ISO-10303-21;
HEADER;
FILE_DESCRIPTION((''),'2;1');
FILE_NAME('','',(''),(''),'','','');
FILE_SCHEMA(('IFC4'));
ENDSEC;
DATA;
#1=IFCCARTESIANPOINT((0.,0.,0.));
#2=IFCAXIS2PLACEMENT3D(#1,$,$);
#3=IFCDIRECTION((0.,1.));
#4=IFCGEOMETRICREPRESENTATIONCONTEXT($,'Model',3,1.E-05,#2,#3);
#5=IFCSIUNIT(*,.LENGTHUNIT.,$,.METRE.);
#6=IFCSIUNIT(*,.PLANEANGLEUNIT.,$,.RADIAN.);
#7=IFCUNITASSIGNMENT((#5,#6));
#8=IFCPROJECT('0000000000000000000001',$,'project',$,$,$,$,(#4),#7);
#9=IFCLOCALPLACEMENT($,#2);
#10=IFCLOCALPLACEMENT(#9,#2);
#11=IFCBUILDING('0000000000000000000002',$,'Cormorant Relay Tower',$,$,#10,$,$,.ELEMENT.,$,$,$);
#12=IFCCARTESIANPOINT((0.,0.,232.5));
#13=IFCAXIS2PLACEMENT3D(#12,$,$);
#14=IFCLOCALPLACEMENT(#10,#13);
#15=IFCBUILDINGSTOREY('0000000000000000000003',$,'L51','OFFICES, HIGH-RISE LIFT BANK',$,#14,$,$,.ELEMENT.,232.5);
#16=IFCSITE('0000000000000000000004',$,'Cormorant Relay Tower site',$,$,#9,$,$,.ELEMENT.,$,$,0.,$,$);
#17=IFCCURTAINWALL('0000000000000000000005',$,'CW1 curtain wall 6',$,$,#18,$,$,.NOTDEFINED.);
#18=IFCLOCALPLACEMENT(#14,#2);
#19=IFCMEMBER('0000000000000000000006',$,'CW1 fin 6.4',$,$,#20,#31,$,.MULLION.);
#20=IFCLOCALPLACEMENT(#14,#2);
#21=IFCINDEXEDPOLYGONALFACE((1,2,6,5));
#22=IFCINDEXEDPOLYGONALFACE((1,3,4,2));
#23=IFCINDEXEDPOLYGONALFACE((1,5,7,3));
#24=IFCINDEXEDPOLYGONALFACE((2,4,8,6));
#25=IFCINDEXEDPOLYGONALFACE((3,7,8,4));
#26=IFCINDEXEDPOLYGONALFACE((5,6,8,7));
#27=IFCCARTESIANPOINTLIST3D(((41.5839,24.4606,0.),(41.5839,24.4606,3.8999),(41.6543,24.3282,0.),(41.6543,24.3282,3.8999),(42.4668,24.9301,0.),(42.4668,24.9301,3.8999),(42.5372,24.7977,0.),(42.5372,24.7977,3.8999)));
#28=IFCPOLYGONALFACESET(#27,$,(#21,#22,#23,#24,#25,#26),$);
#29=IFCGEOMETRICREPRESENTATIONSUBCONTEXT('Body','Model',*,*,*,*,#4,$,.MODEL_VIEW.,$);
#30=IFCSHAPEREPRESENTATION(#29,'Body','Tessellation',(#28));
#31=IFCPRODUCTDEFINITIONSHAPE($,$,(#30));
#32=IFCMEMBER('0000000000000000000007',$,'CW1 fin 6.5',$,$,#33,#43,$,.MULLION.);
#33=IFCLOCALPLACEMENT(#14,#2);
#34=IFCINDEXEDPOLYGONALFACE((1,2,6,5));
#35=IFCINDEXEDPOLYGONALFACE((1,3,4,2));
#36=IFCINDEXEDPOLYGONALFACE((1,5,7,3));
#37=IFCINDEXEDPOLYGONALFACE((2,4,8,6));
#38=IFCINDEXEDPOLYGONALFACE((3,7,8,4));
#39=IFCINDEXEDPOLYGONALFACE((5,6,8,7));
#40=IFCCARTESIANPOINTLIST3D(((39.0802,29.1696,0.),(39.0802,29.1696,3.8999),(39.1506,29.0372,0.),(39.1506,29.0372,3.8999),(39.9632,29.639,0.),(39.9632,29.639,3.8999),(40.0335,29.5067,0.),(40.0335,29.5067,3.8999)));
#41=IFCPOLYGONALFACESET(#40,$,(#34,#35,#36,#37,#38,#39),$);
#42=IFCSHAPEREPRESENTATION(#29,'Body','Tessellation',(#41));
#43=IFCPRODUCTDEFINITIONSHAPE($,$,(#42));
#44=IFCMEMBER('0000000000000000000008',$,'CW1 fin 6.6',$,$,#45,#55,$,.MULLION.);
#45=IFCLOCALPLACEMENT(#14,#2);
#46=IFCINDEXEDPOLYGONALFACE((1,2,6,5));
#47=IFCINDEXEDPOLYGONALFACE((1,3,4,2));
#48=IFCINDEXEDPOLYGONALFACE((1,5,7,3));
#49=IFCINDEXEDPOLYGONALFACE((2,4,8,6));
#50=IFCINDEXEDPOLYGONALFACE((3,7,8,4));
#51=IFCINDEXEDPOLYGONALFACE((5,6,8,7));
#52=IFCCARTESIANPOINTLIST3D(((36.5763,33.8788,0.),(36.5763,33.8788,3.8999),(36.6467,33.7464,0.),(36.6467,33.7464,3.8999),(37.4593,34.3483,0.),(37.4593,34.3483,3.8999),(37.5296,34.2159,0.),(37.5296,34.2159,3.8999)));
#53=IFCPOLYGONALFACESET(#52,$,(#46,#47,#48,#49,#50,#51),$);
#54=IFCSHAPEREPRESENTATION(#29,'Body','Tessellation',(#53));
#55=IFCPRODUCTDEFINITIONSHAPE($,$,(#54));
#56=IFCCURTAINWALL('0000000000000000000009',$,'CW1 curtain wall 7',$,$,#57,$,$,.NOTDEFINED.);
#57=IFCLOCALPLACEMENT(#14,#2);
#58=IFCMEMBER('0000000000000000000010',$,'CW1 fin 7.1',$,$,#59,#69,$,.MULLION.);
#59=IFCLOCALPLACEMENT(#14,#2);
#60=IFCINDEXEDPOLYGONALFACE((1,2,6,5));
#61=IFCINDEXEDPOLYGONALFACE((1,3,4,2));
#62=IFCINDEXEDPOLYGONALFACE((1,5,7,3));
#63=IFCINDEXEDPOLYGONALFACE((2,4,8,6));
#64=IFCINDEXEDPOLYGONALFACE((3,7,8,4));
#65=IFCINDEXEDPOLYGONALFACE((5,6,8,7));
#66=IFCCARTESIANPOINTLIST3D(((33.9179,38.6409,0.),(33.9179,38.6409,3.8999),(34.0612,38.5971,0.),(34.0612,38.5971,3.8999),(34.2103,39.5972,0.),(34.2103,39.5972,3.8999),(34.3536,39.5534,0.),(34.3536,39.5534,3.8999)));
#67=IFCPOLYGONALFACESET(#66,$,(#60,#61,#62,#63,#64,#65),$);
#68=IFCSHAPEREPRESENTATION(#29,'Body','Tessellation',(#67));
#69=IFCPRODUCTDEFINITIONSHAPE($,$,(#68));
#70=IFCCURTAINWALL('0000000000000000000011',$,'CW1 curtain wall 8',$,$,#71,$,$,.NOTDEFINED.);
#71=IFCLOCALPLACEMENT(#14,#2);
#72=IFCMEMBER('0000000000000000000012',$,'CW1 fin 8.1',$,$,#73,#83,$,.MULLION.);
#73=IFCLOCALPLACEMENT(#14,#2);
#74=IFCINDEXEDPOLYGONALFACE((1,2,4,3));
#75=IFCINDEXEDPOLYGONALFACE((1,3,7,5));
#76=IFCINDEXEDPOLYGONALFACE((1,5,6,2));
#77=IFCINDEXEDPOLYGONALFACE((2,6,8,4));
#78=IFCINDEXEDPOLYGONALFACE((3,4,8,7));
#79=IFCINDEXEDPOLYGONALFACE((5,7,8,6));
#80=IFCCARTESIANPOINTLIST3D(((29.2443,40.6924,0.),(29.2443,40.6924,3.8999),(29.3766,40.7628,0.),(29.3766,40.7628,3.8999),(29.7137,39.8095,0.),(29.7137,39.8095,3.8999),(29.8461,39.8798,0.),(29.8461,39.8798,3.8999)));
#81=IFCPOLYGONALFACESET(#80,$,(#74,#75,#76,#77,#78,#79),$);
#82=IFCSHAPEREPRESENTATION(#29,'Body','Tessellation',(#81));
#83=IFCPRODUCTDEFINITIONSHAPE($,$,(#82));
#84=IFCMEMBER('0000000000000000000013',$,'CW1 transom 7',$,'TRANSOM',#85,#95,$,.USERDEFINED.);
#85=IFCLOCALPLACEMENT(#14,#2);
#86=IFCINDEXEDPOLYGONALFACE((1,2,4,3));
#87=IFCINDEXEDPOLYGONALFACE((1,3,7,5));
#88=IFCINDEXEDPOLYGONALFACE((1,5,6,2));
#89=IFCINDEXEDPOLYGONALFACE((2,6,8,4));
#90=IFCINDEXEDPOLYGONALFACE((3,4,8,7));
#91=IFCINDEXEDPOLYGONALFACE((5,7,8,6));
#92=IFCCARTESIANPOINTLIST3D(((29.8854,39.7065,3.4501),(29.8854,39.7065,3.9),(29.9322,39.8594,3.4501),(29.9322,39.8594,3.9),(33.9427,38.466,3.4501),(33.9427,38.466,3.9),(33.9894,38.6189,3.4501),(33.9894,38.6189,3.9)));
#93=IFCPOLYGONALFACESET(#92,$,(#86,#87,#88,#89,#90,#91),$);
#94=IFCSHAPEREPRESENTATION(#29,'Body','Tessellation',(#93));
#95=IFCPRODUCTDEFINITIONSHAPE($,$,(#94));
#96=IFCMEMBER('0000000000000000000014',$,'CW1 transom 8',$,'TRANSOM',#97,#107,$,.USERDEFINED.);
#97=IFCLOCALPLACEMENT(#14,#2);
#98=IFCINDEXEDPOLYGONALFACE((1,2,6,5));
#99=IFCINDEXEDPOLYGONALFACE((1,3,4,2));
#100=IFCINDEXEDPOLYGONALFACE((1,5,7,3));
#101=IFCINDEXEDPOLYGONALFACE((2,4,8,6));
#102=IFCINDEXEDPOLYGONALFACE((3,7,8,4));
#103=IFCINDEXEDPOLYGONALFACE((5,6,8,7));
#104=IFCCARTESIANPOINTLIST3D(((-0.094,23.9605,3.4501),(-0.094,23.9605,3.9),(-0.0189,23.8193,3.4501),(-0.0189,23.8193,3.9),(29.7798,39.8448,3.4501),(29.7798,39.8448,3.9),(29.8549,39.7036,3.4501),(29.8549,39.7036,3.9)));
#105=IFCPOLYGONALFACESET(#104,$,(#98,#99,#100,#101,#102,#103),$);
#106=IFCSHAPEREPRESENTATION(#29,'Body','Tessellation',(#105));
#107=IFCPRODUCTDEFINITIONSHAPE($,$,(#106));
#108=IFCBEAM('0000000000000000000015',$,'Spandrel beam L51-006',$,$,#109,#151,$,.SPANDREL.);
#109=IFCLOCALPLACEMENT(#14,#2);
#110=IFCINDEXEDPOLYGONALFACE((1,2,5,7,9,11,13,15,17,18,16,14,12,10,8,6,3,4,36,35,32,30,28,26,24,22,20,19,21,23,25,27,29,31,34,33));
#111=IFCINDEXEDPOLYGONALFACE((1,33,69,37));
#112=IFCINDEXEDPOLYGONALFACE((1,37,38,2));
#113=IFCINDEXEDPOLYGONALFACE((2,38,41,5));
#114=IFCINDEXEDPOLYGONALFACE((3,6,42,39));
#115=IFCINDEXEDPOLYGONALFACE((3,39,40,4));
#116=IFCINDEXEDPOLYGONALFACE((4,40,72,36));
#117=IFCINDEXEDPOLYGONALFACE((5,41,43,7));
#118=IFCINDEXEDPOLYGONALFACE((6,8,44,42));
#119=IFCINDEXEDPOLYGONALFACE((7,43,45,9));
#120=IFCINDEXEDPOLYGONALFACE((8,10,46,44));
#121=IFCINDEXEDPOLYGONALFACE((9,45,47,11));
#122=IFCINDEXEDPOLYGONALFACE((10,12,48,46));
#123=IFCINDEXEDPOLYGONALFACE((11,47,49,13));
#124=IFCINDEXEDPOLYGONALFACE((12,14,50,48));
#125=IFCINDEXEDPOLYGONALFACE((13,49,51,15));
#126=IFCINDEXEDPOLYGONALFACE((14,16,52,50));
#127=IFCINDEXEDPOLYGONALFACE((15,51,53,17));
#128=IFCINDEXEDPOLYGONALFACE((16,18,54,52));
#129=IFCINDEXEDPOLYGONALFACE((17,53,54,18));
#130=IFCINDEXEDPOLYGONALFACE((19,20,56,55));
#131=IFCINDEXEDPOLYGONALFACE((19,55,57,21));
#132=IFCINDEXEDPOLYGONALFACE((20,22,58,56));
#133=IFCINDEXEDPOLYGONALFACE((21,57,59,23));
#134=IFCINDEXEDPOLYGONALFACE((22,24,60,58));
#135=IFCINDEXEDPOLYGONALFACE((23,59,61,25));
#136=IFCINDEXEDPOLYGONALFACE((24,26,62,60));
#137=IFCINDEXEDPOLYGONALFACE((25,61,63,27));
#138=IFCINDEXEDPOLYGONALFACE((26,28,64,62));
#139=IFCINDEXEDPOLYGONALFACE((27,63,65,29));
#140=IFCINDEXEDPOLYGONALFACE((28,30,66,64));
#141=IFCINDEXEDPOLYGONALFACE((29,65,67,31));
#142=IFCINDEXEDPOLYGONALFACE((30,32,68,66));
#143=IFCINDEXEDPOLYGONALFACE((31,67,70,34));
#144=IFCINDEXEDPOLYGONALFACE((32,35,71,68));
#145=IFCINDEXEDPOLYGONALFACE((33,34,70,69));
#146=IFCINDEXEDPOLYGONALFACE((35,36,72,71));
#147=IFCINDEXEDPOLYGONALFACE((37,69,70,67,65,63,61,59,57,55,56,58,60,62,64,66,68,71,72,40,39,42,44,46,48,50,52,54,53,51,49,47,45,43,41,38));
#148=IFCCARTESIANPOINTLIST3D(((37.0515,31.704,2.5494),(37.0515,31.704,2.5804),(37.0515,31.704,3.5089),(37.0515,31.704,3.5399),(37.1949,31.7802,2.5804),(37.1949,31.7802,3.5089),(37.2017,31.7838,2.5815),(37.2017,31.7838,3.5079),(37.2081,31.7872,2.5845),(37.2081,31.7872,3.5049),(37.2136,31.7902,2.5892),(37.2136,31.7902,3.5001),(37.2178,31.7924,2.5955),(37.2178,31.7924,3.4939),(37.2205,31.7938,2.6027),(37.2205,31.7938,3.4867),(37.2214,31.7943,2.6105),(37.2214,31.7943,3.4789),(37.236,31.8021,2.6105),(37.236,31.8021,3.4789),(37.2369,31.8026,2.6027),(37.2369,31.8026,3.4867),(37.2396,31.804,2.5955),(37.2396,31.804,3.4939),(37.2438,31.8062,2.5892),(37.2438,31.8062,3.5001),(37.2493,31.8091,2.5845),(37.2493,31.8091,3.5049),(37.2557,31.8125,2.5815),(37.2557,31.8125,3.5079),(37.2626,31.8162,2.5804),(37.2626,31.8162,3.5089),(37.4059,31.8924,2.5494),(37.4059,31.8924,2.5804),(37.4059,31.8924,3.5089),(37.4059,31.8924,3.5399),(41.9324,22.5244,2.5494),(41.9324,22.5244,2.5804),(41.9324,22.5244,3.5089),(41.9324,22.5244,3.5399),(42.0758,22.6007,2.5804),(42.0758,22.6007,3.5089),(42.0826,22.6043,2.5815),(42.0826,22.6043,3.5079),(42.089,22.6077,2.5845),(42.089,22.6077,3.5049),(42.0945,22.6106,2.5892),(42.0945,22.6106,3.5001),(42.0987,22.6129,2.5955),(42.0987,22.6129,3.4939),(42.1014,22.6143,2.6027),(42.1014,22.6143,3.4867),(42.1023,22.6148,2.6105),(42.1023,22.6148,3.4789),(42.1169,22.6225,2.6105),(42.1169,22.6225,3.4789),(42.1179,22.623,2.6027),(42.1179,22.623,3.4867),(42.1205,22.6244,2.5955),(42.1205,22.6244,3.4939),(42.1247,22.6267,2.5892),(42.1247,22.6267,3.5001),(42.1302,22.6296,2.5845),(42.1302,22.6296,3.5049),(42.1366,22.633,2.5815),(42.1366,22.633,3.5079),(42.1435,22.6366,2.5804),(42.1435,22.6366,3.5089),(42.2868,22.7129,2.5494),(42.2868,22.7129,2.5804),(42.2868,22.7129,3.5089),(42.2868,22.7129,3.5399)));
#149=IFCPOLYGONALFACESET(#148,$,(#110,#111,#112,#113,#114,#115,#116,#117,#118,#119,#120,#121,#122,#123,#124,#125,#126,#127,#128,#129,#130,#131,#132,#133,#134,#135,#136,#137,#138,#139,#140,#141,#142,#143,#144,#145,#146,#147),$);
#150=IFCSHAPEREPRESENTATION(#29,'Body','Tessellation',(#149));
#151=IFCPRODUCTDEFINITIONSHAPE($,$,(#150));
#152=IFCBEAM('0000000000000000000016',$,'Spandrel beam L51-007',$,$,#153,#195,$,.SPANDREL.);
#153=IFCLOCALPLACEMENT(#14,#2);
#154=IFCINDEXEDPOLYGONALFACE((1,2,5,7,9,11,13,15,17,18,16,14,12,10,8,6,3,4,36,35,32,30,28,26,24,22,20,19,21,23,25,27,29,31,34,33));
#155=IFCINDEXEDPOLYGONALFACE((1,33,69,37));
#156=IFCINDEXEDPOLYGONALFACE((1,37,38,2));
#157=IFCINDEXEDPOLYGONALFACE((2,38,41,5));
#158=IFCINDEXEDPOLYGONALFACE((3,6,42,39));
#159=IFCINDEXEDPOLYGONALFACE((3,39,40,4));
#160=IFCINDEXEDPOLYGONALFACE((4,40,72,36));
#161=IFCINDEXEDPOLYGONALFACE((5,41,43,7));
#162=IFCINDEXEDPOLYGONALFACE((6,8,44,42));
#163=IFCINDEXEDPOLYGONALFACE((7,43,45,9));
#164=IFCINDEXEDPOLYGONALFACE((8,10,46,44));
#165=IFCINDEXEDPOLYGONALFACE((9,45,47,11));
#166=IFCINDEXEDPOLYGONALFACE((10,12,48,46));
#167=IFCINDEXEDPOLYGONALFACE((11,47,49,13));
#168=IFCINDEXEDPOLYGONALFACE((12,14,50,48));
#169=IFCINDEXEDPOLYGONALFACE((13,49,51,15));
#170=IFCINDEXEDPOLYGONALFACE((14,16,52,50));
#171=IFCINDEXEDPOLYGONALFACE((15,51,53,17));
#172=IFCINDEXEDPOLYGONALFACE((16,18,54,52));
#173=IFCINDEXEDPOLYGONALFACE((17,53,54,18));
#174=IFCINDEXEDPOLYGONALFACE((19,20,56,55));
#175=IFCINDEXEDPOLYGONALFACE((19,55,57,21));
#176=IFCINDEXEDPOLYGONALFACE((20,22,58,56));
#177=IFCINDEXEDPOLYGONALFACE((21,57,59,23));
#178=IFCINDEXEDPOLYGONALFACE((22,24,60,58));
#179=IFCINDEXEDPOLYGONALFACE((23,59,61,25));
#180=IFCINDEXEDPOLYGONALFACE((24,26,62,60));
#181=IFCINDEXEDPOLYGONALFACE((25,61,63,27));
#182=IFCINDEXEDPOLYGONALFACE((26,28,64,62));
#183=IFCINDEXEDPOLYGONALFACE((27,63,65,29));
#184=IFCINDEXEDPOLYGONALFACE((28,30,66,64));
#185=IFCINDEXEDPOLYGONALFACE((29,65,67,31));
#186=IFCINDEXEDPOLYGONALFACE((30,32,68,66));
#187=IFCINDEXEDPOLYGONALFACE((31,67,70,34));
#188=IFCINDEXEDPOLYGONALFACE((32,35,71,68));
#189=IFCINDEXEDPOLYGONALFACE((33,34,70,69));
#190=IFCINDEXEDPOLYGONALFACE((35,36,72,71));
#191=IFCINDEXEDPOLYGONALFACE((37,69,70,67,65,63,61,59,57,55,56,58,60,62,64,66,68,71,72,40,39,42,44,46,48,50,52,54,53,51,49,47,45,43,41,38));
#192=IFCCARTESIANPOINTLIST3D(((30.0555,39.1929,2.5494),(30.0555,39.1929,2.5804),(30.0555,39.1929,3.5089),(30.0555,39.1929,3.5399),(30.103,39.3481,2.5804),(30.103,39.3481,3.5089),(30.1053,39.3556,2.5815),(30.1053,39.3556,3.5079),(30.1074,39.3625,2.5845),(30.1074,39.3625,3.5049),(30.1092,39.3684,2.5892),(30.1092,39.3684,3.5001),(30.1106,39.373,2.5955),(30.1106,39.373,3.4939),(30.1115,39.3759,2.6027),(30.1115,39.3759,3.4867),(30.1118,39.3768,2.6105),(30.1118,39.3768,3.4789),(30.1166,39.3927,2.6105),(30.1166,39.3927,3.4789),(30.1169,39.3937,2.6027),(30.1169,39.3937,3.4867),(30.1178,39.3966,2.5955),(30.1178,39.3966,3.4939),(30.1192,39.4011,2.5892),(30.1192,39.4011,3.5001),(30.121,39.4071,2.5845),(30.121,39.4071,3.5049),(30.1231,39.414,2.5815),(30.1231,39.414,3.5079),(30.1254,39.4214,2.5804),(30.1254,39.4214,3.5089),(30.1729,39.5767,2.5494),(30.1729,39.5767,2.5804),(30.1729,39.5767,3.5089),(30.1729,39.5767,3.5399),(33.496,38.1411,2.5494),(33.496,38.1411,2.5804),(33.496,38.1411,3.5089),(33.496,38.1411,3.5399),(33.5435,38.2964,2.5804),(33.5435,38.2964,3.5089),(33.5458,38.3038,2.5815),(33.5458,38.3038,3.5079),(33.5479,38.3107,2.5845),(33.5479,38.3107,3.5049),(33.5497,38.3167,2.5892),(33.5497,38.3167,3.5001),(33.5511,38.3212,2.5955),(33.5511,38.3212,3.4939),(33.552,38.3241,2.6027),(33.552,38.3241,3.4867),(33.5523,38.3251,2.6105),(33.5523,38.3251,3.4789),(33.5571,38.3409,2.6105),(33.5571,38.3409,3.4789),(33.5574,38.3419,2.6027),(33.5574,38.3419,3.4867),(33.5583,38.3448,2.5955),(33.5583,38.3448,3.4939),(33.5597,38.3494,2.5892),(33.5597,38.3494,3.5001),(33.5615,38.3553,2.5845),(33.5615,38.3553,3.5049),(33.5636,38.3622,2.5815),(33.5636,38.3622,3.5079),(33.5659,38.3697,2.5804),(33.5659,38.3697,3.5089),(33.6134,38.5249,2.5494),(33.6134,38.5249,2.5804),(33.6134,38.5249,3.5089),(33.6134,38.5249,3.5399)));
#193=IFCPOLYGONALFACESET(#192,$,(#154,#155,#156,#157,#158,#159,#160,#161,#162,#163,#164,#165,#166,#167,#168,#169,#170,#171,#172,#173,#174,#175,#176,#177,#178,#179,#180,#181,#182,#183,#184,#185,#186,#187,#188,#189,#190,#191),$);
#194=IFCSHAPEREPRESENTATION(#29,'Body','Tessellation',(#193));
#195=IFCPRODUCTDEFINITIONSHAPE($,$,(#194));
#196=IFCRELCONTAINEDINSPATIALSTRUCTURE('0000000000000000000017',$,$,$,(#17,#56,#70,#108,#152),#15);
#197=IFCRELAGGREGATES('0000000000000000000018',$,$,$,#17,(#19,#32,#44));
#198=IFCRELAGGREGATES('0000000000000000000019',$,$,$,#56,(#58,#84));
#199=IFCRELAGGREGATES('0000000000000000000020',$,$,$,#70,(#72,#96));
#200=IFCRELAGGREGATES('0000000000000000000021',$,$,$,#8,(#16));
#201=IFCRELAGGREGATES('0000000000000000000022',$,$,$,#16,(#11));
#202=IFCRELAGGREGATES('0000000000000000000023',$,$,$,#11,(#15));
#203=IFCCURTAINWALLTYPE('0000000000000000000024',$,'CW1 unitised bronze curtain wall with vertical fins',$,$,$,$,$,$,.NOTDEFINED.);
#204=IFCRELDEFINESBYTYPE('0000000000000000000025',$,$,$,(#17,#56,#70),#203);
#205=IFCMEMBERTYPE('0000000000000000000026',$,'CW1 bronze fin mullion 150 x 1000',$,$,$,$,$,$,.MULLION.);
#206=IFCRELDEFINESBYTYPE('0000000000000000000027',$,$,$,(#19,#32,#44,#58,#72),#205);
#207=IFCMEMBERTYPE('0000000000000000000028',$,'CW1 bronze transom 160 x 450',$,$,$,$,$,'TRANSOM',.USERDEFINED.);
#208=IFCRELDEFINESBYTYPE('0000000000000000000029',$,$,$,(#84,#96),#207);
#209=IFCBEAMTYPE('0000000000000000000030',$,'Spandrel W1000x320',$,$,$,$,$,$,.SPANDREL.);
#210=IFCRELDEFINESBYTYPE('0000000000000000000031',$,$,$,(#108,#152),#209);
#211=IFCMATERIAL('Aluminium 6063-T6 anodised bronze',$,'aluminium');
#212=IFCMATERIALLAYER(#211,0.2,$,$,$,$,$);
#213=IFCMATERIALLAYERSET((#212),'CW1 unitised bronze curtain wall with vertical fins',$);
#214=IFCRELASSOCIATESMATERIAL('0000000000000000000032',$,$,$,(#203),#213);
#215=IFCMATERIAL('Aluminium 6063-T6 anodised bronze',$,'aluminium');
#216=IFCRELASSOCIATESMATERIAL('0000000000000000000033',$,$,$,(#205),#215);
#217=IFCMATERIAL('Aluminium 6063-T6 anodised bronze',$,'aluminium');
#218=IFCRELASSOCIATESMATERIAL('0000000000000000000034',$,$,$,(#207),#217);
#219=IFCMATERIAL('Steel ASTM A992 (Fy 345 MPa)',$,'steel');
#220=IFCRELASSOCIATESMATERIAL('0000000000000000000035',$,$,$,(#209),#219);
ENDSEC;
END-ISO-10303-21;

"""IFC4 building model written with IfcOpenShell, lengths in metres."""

from ifc_helpers import new_model, si_unit, direction, frame, origin, origin_2d, place, context, subcontext, project, spatial, rectangle, i_section, extrude, material, layer, layer_set, material_profile, profile_set, type_object, element, aggregate, save


model = new_model("IFC4")

# Units and contexts
model_context = context("Model", 3, precision=1e-05, world=origin(), true_north=direction((0.0, 1.0)))
body_context = subcontext(model_context, "Body", "Model", "MODEL_VIEW")
ifc_project = project(units=[si_unit("LENGTHUNIT", "METRE"), si_unit("PLANEANGLEUNIT", "RADIAN")], contexts=[model_context])

# Site, building, storey
site_placement = place(None, origin())
site = spatial("IfcSite", under=ifc_project, at=site_placement, Name="Cormorant Relay Tower site", CompositionType="ELEMENT", RefElevation=0.0)
building_placement = place(site_placement, origin())
building = spatial("IfcBuilding", under=site, at=building_placement, Name="Cormorant Relay Tower", CompositionType="ELEMENT")
storey_placement = place(building_placement, frame((0.0, 0.0, 232.5)))
storey = spatial("IfcBuildingStorey", under=building, at=storey_placement, Name="L51", Description="OFFICES, HIGH-RISE LIFT BANK", CompositionType="ELEMENT", Elevation=232.5)

# Curtain wall, members
ifc_material_1 = material(Name="Aluminium 6063-T6 anodised bronze", Category="aluminium")
ifc_layer_1 = layer(ifc_material_1, 0.2)
ifc_layer_set_1 = layer_set([ifc_layer_1], Name="CW1 unitised bronze curtain wall with vertical fins")
curtain_wall_type = type_object("IfcCurtainWallType", Name="CW1 unitised bronze curtain wall with vertical fins", PredefinedType="NOTDEFINED", material=ifc_layer_set_1)
curtain_wall_1_placement = place(storey_placement, origin())
curtain_wall_1 = element("IfcCurtainWall", 1, at=curtain_wall_1_placement, inside=storey, type_object=curtain_wall_type, Name="CW1 curtain wall 6", PredefinedType="NOTDEFINED")
ifc_material_2 = material(Name="Aluminium 6063-T6 anodised bronze", Category="aluminium")
ifc_material_profile_1 = material_profile(ifc_material_2, rectangle(XDim=0.1499, YDim=1.0, at=origin_2d()), Name="AL 150x1000")
ifc_profile_set_1 = profile_set([ifc_material_profile_1], Name="Aluminium 6063-T6 anodised bronze")
member_type_1 = type_object("IfcMemberType", Name="CW1 bronze fin mullion 150 x 1000", PredefinedType="MULLION", material=ifc_profile_set_1)
member_1_placement = place(storey_placement, frame((42.0605, 24.6292, 0.0), z_axis=(0.0, 0.0, 1.0), x_axis=(-0.469472, 0.882948, 0.0)))
member_1 = element("IfcMember", 2, at=member_1_placement, type_object=member_type_1, Name="CW1 fin 6.4", PredefinedType="MULLION", context=body_context, shape_type="SweptSolid", body=[
    extrude(rectangle(XDim=0.1499, YDim=1.0, at=origin_2d()), origin(), (0.0, 0.0, 1.0), 3.8999),
])
member_2_placement = place(storey_placement, frame((39.5569, 29.3381, 0.0), z_axis=(0.0, 0.0, 1.0), x_axis=(-0.469472, 0.882948, 0.0)))
member_2 = element("IfcMember", 3, at=member_2_placement, type_object=member_type_1, Name="CW1 fin 6.5", PredefinedType="MULLION", context=body_context, shape_type="SweptSolid", body=[
    extrude(rectangle(XDim=0.1499, YDim=1.0, at=origin_2d()), origin(), (0.0, 0.0, 1.0), 3.8999),
])
member_3_placement = place(storey_placement, frame((37.053, 34.0474, 0.0), z_axis=(0.0, 0.0, 1.0), x_axis=(-0.469472, 0.882948, 0.0)))
member_3 = element("IfcMember", 4, at=member_3_placement, type_object=member_type_1, Name="CW1 fin 6.6", PredefinedType="MULLION", context=body_context, shape_type="SweptSolid", body=[
    extrude(rectangle(XDim=0.1499, YDim=1.0, at=origin_2d()), origin(), (0.0, 0.0, 1.0), 3.8999),
])

# Curtain walls, members
curtain_wall_2_placement = place(storey_placement, origin())
curtain_wall_2 = element("IfcCurtainWall", 5, at=curtain_wall_2_placement, inside=storey, type_object=curtain_wall_type, Name="CW1 curtain wall 7", PredefinedType="NOTDEFINED")
member_4_placement = place(storey_placement, frame((34.1357, 39.0972, 0.0), z_axis=(0.0, 0.0, 1.0), x_axis=(-0.956305, 0.292372, 0.0)))
member_4 = element("IfcMember", 6, at=member_4_placement, type_object=member_type_1, Name="CW1 fin 7.1", PredefinedType="MULLION", context=body_context, shape_type="SweptSolid", body=[
    extrude(rectangle(XDim=0.1499, YDim=1.0, at=origin_2d()), origin(), (0.0, 0.0, 1.0), 3.8999),
])
curtain_wall_3_placement = place(storey_placement, origin())
curtain_wall_3 = element("IfcCurtainWall", 7, at=curtain_wall_3_placement, inside=storey, type_object=curtain_wall_type, Name="CW1 curtain wall 8", PredefinedType="NOTDEFINED")
member_5_placement = place(storey_placement, frame((29.5452, 40.2861, 0.0), z_axis=(0.0, 0.0, 1.0), x_axis=(-0.882948, -0.469472, 0.0)))
member_5 = element("IfcMember", 8, at=member_5_placement, type_object=member_type_1, Name="CW1 fin 8.1", PredefinedType="MULLION", context=body_context, shape_type="SweptSolid", body=[
    extrude(rectangle(XDim=0.1499, YDim=1.0, at=origin_2d()), origin(), (0.0, 0.0, 1.0), 3.8999),
])

# Members
ifc_material_3 = material(Name="Aluminium 6063-T6 anodised bronze", Category="aluminium")
ifc_material_profile_2 = material_profile(ifc_material_3, rectangle(XDim=0.1599, YDim=0.45, at=origin_2d()), Name="AL 160x450")
ifc_profile_set_2 = profile_set([ifc_material_profile_2], Name="Aluminium 6063-T6 anodised bronze")
member_type_2 = type_object("IfcMemberType", Name="CW1 bronze transom 160 x 450", ElementType="TRANSOM", PredefinedType="USERDEFINED", material=ifc_profile_set_2)
member_6_placement = place(storey_placement, frame((33.9661, 38.5425, 3.675), z_axis=(-0.956304, 0.292375, 0.0), x_axis=(-0.292375, -0.956304, 0.0)))
member_6 = element("IfcMember", 9, at=member_6_placement, type_object=member_type_2, Name="CW1 transom 7", ObjectType="TRANSOM", PredefinedType="USERDEFINED", context=body_context, shape_type="SweptSolid", body=[
    extrude(rectangle(XDim=0.1599, YDim=0.45, at=origin_2d()), origin(), (0.0, 0.0, 1.0), 4.2427),
])
member_7_placement = place(storey_placement, frame((29.8174, 39.7742, 3.675), z_axis=(-0.882946, -0.469474, 0.0), x_axis=(0.469474, -0.882946, 0.0)))
member_7 = element("IfcMember", 10, at=member_7_placement, type_object=member_type_2, Name="CW1 transom 8", ObjectType="TRANSOM", PredefinedType="USERDEFINED", context=body_context, shape_type="SweptSolid", body=[
    extrude(rectangle(XDim=0.1599, YDim=0.45, at=origin_2d()), origin(), (0.0, 0.0, 1.0), 33.8342),
])

# Beams
ifc_material_4 = material(Name="Steel ASTM A992 (Fy 345 MPa)", Category="steel")
ifc_material_profile_3 = material_profile(ifc_material_4, i_section(OverallWidth=0.4014, OverallDepth=0.9905, WebThickness=0.0166, FlangeThickness=0.031, FilletRadius=0.03, at=origin_2d()), Name="W1000x320")
ifc_profile_set_3 = profile_set([ifc_material_profile_3], Name="Steel ASTM A992 (Fy 345 MPa)")
beam_type = type_object("IfcBeamType", Name="Spandrel W1000x320", PredefinedType="SPANDREL", material=ifc_profile_set_3)
beam_1_placement = place(storey_placement, frame((42.1096, 22.6187, 3.0447), z_axis=(-0.469476, 0.882945, 0.0), x_axis=(-0.882945, -0.469476, 0.0)))
element("IfcBeam", 11, at=beam_1_placement, inside=storey, type_object=beam_type, Name="Spandrel beam L51-006", PredefinedType="SPANDREL", context=body_context, shape_type="SweptSolid", body=[
    extrude(i_section(OverallWidth=0.4014, OverallDepth=0.9905, WebThickness=0.0166, FlangeThickness=0.031, FilletRadius=0.03, at=origin_2d()), origin(), (0.0, 0.0, 1.0), 10.3965),
])
beam_2_placement = place(storey_placement, frame((33.5547, 38.333, 3.0447), z_axis=(-0.956312, 0.29235, 0.0), x_axis=(-0.29235, -0.956312, 0.0)))
element("IfcBeam", 12, at=beam_2_placement, inside=storey, type_object=beam_type, Name="Spandrel beam L51-007", PredefinedType="SPANDREL", context=body_context, shape_type="SweptSolid", body=[
    extrude(i_section(OverallWidth=0.4014, OverallDepth=0.9905, WebThickness=0.0166, FlangeThickness=0.031, FilletRadius=0.03, at=origin_2d()), origin(), (0.0, 0.0, 1.0), 3.5977),
])

aggregate(curtain_wall_1, [member_1, member_2, member_3])
aggregate(curtain_wall_2, [member_4, member_6])
aggregate(curtain_wall_3, [member_5, member_7])

save(model, "model.ifc")
